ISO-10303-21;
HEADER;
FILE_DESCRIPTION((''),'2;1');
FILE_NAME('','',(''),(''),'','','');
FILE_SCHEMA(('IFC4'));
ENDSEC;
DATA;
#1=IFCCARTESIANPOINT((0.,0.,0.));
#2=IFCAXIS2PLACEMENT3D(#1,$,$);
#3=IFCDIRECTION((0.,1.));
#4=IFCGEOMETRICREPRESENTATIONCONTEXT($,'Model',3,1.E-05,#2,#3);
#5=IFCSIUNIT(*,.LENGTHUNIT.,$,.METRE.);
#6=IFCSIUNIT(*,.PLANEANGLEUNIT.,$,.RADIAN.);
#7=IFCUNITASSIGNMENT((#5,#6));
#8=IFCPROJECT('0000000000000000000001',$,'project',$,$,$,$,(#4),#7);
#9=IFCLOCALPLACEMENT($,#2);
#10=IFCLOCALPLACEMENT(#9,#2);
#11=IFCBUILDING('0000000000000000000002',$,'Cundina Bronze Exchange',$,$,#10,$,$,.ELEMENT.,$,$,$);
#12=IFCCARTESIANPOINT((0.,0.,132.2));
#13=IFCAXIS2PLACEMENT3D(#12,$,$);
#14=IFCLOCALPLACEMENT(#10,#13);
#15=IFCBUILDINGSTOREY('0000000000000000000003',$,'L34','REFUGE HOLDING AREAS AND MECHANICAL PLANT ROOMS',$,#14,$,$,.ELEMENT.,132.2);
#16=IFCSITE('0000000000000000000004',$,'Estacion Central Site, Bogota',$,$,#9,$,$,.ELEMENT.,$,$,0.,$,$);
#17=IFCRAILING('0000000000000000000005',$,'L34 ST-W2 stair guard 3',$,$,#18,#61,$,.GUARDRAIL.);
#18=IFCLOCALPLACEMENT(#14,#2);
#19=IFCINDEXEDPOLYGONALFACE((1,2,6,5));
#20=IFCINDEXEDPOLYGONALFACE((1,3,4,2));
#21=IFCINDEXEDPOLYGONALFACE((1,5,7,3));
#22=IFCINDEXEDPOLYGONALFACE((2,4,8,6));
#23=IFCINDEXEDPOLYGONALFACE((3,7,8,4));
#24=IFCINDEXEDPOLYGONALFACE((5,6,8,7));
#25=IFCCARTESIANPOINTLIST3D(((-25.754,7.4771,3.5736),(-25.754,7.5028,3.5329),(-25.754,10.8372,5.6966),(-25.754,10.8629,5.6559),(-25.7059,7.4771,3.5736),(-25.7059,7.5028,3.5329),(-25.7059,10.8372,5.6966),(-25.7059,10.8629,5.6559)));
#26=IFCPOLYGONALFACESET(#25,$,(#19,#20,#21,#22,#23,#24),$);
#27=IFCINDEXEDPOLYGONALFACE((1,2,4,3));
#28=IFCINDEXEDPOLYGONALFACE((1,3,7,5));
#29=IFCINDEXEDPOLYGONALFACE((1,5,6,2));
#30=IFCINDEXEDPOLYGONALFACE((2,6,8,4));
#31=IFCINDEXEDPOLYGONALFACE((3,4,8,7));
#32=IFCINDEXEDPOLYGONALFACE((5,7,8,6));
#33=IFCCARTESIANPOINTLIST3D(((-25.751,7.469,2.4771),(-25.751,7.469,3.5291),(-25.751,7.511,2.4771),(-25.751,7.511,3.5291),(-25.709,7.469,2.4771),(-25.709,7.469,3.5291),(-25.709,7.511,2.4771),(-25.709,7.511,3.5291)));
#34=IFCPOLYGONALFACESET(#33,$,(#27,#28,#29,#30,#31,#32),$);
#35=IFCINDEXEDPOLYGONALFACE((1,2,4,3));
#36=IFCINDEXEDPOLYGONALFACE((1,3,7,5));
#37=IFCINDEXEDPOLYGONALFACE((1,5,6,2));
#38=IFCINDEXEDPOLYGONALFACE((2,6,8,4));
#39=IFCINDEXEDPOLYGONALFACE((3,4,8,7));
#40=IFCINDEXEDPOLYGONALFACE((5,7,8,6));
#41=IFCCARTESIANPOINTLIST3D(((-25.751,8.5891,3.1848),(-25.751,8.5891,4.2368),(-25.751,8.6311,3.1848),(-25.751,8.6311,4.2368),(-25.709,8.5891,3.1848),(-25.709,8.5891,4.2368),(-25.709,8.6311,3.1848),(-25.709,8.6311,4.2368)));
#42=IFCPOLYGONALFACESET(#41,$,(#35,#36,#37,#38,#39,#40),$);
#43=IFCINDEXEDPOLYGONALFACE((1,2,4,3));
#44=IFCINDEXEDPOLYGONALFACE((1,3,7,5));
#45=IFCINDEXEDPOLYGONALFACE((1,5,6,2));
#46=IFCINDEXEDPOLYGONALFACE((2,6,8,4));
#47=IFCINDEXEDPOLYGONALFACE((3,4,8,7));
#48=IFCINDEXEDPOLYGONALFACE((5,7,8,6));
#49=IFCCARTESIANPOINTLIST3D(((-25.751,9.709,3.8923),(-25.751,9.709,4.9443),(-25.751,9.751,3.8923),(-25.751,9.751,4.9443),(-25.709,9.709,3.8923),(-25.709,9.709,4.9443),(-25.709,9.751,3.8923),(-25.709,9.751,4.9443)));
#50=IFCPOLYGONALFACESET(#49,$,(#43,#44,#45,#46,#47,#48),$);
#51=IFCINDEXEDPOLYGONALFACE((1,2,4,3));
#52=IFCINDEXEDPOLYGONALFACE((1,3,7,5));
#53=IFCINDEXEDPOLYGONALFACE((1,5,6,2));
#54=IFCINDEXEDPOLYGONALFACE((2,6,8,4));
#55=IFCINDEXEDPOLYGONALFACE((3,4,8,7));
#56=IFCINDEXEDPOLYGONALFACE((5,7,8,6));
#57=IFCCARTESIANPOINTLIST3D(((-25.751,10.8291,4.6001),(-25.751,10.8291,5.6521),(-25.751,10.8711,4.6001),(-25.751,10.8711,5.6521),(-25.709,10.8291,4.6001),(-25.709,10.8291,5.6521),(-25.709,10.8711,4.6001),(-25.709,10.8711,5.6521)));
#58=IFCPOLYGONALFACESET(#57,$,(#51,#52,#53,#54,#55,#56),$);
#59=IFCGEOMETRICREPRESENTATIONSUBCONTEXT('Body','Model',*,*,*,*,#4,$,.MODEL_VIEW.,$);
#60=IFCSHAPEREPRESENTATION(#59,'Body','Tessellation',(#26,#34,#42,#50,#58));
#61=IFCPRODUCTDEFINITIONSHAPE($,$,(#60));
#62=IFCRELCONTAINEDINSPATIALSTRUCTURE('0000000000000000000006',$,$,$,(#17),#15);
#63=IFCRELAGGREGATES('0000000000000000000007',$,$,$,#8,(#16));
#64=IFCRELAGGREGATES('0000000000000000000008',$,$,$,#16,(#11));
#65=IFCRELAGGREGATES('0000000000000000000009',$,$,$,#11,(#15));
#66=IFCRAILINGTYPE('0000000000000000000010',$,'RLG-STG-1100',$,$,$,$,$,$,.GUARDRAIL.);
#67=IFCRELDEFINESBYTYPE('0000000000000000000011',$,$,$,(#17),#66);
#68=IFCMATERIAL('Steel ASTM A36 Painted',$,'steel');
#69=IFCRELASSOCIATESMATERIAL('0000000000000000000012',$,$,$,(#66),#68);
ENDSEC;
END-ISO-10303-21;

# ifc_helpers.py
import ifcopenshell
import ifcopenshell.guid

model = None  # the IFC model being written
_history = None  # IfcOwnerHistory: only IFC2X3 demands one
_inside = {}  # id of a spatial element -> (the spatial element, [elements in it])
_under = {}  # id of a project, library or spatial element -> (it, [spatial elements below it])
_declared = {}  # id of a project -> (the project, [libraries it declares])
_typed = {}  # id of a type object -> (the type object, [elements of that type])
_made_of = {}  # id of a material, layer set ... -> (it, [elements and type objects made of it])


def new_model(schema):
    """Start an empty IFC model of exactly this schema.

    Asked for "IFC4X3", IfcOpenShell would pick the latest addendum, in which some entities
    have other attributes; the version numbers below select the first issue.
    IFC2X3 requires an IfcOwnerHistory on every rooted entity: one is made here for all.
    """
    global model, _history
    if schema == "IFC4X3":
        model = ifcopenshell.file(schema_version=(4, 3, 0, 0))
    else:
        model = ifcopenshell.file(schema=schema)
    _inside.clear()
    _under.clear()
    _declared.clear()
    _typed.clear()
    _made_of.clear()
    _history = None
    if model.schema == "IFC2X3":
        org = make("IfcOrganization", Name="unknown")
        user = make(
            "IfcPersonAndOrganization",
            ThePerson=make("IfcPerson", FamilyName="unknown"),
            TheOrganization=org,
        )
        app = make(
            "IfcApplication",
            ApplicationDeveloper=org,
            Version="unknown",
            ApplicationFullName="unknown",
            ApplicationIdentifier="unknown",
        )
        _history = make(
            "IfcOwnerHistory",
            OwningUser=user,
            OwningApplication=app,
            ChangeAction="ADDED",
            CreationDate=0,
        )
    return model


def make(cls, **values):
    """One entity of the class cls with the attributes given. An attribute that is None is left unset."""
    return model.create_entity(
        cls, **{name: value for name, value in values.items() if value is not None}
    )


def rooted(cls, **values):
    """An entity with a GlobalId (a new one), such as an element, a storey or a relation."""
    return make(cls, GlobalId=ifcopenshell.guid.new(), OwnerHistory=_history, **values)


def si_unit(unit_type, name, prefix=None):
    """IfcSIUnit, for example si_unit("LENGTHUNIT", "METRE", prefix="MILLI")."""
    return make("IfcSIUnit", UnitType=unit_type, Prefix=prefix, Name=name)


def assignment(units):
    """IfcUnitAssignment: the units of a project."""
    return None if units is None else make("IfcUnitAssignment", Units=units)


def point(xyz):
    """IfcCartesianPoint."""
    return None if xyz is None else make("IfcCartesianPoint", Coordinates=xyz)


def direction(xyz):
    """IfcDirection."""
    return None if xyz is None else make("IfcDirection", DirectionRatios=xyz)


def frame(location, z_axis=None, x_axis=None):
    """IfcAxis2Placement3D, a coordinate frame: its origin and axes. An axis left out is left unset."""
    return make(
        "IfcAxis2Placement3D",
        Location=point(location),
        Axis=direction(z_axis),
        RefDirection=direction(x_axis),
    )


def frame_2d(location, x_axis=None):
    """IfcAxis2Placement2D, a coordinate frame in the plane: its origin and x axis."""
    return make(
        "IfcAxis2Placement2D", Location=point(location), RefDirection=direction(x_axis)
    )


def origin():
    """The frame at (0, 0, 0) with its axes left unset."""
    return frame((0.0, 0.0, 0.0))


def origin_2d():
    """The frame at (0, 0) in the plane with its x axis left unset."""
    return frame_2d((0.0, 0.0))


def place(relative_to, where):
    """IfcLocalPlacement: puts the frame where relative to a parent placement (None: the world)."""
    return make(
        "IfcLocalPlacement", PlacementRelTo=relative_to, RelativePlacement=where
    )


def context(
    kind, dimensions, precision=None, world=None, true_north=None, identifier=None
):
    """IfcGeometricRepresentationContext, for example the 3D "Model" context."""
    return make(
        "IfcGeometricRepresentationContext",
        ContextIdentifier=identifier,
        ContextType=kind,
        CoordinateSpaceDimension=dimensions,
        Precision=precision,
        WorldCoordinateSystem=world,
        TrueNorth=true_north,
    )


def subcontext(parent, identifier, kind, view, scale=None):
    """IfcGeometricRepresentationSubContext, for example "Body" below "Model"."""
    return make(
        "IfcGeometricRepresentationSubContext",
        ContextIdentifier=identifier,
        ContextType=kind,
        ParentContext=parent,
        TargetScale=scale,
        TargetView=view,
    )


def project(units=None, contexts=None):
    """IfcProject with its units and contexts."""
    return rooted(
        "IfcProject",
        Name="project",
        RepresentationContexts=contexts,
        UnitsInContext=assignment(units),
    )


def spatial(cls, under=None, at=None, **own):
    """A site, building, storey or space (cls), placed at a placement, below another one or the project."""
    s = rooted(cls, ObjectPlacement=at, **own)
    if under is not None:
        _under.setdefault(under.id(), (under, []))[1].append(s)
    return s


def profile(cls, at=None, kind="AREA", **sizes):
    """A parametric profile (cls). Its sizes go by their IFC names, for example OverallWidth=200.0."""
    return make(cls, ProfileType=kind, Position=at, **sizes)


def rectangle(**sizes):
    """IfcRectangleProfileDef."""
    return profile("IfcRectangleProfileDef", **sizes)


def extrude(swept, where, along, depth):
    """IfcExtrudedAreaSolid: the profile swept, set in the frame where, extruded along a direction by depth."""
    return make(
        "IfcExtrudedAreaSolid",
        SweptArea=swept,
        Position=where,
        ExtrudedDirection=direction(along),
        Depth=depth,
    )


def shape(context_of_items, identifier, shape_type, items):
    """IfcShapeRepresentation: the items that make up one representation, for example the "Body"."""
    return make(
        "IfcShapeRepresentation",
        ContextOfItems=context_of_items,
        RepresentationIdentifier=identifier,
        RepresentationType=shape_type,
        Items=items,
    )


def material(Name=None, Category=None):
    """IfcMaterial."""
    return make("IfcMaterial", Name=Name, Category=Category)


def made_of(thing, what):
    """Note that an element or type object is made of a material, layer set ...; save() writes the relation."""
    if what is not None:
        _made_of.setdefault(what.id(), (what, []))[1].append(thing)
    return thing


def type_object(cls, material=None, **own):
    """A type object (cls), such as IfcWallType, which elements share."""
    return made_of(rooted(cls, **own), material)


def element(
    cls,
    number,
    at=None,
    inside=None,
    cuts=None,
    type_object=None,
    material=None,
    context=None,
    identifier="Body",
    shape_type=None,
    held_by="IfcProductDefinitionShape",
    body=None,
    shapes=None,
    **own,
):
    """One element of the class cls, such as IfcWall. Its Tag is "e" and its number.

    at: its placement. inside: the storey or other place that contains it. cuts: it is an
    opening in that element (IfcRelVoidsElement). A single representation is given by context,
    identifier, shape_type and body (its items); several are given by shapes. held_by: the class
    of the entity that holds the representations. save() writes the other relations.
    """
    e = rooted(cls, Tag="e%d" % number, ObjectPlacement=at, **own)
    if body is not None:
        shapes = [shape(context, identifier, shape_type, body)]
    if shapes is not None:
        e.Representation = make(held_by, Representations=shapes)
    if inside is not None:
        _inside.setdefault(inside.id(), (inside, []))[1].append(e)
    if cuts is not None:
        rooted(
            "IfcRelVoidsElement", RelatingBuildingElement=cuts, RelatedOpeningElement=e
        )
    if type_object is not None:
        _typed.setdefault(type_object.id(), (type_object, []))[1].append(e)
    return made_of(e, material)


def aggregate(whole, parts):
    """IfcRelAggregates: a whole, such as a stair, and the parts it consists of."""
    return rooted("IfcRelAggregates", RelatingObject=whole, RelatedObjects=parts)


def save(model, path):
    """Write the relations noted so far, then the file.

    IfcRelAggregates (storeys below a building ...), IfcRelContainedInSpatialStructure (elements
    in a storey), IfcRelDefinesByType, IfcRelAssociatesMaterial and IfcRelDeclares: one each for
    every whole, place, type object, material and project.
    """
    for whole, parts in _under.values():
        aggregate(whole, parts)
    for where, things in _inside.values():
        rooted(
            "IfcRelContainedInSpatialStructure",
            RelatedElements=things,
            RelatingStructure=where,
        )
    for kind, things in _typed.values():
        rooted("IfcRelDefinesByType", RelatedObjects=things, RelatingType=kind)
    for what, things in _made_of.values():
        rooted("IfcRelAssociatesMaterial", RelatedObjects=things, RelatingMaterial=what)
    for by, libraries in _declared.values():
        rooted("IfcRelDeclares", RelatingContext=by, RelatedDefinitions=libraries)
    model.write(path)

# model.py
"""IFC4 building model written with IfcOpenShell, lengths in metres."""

from ifc_helpers import new_model, si_unit, direction, frame, origin, origin_2d, place, context, subcontext, project, spatial, rectangle, extrude, material, type_object, element, save


model = new_model("IFC4")

# Units and contexts
model_context = context("Model", 3, precision=1e-05, world=origin(), true_north=direction((0.0, 1.0)))
body_context = subcontext(model_context, "Body", "Model", "MODEL_VIEW")
ifc_project = project(units=[si_unit("LENGTHUNIT", "METRE"), si_unit("PLANEANGLEUNIT", "RADIAN")], contexts=[model_context])

# Site, building, storey
site_placement = place(None, origin())
site = spatial("IfcSite", under=ifc_project, at=site_placement, Name="Estacion Central Site, Bogota", CompositionType="ELEMENT", RefElevation=0.0)
building_placement = place(site_placement, origin())
building = spatial("IfcBuilding", under=site, at=building_placement, Name="Cundina Bronze Exchange", CompositionType="ELEMENT")
storey_placement = place(building_placement, frame((0.0, 0.0, 132.2)))
storey = spatial("IfcBuildingStorey", under=building, at=storey_placement, Name="L34", Description="REFUGE HOLDING AREAS AND MECHANICAL PLANT ROOMS", CompositionType="ELEMENT", Elevation=132.2)

# Shared definitions
ifc_material_1 = material(Name="Steel ASTM A36 Painted", Category="steel")

# Railing
railing_type_1 = type_object("IfcRailingType", Name="RLG-STG-1100", PredefinedType="GUARDRAIL", material=ifc_material_1)
railing_1_placement = place(storey_placement, frame((-25.73, 7.49, 2.4771)))
element("IfcRailing", 1, at=railing_1_placement, inside=storey, type_object=railing_type_1, Name="L34 ST-W2 stair guard 3", PredefinedType="GUARDRAIL", context=body_context, shape_type="SweptSolid", body=[
    extrude(rectangle(XDim=0.0481, YDim=0.0481, at=origin_2d()), frame((0.0, 0.0, 1.0762), z_axis=(0.0, 0.84539, 0.53415), x_axis=(-1.0, 0.0, 0.0)), (0.0, 0.0, 1.0), 3.9746),
    extrude(rectangle(XDim=0.042, YDim=0.042, at=origin_2d()), origin(), (0.0, 0.0, 1.0), 1.052),
    extrude(rectangle(XDim=0.042, YDim=0.042, at=origin_2d()), frame((0.0, 1.1201, 0.7078)), (0.0, 0.0, 1.0), 1.052),
    extrude(rectangle(XDim=0.042, YDim=0.042, at=origin_2d()), frame((0.0, 2.24, 1.4153)), (0.0, 0.0, 1.0), 1.052),
    extrude(rectangle(XDim=0.042, YDim=0.042, at=origin_2d()), frame((0.0, 3.3601, 2.123)), (0.0, 0.0, 1.0), 1.052),
])

save(model, "model.ifc")
